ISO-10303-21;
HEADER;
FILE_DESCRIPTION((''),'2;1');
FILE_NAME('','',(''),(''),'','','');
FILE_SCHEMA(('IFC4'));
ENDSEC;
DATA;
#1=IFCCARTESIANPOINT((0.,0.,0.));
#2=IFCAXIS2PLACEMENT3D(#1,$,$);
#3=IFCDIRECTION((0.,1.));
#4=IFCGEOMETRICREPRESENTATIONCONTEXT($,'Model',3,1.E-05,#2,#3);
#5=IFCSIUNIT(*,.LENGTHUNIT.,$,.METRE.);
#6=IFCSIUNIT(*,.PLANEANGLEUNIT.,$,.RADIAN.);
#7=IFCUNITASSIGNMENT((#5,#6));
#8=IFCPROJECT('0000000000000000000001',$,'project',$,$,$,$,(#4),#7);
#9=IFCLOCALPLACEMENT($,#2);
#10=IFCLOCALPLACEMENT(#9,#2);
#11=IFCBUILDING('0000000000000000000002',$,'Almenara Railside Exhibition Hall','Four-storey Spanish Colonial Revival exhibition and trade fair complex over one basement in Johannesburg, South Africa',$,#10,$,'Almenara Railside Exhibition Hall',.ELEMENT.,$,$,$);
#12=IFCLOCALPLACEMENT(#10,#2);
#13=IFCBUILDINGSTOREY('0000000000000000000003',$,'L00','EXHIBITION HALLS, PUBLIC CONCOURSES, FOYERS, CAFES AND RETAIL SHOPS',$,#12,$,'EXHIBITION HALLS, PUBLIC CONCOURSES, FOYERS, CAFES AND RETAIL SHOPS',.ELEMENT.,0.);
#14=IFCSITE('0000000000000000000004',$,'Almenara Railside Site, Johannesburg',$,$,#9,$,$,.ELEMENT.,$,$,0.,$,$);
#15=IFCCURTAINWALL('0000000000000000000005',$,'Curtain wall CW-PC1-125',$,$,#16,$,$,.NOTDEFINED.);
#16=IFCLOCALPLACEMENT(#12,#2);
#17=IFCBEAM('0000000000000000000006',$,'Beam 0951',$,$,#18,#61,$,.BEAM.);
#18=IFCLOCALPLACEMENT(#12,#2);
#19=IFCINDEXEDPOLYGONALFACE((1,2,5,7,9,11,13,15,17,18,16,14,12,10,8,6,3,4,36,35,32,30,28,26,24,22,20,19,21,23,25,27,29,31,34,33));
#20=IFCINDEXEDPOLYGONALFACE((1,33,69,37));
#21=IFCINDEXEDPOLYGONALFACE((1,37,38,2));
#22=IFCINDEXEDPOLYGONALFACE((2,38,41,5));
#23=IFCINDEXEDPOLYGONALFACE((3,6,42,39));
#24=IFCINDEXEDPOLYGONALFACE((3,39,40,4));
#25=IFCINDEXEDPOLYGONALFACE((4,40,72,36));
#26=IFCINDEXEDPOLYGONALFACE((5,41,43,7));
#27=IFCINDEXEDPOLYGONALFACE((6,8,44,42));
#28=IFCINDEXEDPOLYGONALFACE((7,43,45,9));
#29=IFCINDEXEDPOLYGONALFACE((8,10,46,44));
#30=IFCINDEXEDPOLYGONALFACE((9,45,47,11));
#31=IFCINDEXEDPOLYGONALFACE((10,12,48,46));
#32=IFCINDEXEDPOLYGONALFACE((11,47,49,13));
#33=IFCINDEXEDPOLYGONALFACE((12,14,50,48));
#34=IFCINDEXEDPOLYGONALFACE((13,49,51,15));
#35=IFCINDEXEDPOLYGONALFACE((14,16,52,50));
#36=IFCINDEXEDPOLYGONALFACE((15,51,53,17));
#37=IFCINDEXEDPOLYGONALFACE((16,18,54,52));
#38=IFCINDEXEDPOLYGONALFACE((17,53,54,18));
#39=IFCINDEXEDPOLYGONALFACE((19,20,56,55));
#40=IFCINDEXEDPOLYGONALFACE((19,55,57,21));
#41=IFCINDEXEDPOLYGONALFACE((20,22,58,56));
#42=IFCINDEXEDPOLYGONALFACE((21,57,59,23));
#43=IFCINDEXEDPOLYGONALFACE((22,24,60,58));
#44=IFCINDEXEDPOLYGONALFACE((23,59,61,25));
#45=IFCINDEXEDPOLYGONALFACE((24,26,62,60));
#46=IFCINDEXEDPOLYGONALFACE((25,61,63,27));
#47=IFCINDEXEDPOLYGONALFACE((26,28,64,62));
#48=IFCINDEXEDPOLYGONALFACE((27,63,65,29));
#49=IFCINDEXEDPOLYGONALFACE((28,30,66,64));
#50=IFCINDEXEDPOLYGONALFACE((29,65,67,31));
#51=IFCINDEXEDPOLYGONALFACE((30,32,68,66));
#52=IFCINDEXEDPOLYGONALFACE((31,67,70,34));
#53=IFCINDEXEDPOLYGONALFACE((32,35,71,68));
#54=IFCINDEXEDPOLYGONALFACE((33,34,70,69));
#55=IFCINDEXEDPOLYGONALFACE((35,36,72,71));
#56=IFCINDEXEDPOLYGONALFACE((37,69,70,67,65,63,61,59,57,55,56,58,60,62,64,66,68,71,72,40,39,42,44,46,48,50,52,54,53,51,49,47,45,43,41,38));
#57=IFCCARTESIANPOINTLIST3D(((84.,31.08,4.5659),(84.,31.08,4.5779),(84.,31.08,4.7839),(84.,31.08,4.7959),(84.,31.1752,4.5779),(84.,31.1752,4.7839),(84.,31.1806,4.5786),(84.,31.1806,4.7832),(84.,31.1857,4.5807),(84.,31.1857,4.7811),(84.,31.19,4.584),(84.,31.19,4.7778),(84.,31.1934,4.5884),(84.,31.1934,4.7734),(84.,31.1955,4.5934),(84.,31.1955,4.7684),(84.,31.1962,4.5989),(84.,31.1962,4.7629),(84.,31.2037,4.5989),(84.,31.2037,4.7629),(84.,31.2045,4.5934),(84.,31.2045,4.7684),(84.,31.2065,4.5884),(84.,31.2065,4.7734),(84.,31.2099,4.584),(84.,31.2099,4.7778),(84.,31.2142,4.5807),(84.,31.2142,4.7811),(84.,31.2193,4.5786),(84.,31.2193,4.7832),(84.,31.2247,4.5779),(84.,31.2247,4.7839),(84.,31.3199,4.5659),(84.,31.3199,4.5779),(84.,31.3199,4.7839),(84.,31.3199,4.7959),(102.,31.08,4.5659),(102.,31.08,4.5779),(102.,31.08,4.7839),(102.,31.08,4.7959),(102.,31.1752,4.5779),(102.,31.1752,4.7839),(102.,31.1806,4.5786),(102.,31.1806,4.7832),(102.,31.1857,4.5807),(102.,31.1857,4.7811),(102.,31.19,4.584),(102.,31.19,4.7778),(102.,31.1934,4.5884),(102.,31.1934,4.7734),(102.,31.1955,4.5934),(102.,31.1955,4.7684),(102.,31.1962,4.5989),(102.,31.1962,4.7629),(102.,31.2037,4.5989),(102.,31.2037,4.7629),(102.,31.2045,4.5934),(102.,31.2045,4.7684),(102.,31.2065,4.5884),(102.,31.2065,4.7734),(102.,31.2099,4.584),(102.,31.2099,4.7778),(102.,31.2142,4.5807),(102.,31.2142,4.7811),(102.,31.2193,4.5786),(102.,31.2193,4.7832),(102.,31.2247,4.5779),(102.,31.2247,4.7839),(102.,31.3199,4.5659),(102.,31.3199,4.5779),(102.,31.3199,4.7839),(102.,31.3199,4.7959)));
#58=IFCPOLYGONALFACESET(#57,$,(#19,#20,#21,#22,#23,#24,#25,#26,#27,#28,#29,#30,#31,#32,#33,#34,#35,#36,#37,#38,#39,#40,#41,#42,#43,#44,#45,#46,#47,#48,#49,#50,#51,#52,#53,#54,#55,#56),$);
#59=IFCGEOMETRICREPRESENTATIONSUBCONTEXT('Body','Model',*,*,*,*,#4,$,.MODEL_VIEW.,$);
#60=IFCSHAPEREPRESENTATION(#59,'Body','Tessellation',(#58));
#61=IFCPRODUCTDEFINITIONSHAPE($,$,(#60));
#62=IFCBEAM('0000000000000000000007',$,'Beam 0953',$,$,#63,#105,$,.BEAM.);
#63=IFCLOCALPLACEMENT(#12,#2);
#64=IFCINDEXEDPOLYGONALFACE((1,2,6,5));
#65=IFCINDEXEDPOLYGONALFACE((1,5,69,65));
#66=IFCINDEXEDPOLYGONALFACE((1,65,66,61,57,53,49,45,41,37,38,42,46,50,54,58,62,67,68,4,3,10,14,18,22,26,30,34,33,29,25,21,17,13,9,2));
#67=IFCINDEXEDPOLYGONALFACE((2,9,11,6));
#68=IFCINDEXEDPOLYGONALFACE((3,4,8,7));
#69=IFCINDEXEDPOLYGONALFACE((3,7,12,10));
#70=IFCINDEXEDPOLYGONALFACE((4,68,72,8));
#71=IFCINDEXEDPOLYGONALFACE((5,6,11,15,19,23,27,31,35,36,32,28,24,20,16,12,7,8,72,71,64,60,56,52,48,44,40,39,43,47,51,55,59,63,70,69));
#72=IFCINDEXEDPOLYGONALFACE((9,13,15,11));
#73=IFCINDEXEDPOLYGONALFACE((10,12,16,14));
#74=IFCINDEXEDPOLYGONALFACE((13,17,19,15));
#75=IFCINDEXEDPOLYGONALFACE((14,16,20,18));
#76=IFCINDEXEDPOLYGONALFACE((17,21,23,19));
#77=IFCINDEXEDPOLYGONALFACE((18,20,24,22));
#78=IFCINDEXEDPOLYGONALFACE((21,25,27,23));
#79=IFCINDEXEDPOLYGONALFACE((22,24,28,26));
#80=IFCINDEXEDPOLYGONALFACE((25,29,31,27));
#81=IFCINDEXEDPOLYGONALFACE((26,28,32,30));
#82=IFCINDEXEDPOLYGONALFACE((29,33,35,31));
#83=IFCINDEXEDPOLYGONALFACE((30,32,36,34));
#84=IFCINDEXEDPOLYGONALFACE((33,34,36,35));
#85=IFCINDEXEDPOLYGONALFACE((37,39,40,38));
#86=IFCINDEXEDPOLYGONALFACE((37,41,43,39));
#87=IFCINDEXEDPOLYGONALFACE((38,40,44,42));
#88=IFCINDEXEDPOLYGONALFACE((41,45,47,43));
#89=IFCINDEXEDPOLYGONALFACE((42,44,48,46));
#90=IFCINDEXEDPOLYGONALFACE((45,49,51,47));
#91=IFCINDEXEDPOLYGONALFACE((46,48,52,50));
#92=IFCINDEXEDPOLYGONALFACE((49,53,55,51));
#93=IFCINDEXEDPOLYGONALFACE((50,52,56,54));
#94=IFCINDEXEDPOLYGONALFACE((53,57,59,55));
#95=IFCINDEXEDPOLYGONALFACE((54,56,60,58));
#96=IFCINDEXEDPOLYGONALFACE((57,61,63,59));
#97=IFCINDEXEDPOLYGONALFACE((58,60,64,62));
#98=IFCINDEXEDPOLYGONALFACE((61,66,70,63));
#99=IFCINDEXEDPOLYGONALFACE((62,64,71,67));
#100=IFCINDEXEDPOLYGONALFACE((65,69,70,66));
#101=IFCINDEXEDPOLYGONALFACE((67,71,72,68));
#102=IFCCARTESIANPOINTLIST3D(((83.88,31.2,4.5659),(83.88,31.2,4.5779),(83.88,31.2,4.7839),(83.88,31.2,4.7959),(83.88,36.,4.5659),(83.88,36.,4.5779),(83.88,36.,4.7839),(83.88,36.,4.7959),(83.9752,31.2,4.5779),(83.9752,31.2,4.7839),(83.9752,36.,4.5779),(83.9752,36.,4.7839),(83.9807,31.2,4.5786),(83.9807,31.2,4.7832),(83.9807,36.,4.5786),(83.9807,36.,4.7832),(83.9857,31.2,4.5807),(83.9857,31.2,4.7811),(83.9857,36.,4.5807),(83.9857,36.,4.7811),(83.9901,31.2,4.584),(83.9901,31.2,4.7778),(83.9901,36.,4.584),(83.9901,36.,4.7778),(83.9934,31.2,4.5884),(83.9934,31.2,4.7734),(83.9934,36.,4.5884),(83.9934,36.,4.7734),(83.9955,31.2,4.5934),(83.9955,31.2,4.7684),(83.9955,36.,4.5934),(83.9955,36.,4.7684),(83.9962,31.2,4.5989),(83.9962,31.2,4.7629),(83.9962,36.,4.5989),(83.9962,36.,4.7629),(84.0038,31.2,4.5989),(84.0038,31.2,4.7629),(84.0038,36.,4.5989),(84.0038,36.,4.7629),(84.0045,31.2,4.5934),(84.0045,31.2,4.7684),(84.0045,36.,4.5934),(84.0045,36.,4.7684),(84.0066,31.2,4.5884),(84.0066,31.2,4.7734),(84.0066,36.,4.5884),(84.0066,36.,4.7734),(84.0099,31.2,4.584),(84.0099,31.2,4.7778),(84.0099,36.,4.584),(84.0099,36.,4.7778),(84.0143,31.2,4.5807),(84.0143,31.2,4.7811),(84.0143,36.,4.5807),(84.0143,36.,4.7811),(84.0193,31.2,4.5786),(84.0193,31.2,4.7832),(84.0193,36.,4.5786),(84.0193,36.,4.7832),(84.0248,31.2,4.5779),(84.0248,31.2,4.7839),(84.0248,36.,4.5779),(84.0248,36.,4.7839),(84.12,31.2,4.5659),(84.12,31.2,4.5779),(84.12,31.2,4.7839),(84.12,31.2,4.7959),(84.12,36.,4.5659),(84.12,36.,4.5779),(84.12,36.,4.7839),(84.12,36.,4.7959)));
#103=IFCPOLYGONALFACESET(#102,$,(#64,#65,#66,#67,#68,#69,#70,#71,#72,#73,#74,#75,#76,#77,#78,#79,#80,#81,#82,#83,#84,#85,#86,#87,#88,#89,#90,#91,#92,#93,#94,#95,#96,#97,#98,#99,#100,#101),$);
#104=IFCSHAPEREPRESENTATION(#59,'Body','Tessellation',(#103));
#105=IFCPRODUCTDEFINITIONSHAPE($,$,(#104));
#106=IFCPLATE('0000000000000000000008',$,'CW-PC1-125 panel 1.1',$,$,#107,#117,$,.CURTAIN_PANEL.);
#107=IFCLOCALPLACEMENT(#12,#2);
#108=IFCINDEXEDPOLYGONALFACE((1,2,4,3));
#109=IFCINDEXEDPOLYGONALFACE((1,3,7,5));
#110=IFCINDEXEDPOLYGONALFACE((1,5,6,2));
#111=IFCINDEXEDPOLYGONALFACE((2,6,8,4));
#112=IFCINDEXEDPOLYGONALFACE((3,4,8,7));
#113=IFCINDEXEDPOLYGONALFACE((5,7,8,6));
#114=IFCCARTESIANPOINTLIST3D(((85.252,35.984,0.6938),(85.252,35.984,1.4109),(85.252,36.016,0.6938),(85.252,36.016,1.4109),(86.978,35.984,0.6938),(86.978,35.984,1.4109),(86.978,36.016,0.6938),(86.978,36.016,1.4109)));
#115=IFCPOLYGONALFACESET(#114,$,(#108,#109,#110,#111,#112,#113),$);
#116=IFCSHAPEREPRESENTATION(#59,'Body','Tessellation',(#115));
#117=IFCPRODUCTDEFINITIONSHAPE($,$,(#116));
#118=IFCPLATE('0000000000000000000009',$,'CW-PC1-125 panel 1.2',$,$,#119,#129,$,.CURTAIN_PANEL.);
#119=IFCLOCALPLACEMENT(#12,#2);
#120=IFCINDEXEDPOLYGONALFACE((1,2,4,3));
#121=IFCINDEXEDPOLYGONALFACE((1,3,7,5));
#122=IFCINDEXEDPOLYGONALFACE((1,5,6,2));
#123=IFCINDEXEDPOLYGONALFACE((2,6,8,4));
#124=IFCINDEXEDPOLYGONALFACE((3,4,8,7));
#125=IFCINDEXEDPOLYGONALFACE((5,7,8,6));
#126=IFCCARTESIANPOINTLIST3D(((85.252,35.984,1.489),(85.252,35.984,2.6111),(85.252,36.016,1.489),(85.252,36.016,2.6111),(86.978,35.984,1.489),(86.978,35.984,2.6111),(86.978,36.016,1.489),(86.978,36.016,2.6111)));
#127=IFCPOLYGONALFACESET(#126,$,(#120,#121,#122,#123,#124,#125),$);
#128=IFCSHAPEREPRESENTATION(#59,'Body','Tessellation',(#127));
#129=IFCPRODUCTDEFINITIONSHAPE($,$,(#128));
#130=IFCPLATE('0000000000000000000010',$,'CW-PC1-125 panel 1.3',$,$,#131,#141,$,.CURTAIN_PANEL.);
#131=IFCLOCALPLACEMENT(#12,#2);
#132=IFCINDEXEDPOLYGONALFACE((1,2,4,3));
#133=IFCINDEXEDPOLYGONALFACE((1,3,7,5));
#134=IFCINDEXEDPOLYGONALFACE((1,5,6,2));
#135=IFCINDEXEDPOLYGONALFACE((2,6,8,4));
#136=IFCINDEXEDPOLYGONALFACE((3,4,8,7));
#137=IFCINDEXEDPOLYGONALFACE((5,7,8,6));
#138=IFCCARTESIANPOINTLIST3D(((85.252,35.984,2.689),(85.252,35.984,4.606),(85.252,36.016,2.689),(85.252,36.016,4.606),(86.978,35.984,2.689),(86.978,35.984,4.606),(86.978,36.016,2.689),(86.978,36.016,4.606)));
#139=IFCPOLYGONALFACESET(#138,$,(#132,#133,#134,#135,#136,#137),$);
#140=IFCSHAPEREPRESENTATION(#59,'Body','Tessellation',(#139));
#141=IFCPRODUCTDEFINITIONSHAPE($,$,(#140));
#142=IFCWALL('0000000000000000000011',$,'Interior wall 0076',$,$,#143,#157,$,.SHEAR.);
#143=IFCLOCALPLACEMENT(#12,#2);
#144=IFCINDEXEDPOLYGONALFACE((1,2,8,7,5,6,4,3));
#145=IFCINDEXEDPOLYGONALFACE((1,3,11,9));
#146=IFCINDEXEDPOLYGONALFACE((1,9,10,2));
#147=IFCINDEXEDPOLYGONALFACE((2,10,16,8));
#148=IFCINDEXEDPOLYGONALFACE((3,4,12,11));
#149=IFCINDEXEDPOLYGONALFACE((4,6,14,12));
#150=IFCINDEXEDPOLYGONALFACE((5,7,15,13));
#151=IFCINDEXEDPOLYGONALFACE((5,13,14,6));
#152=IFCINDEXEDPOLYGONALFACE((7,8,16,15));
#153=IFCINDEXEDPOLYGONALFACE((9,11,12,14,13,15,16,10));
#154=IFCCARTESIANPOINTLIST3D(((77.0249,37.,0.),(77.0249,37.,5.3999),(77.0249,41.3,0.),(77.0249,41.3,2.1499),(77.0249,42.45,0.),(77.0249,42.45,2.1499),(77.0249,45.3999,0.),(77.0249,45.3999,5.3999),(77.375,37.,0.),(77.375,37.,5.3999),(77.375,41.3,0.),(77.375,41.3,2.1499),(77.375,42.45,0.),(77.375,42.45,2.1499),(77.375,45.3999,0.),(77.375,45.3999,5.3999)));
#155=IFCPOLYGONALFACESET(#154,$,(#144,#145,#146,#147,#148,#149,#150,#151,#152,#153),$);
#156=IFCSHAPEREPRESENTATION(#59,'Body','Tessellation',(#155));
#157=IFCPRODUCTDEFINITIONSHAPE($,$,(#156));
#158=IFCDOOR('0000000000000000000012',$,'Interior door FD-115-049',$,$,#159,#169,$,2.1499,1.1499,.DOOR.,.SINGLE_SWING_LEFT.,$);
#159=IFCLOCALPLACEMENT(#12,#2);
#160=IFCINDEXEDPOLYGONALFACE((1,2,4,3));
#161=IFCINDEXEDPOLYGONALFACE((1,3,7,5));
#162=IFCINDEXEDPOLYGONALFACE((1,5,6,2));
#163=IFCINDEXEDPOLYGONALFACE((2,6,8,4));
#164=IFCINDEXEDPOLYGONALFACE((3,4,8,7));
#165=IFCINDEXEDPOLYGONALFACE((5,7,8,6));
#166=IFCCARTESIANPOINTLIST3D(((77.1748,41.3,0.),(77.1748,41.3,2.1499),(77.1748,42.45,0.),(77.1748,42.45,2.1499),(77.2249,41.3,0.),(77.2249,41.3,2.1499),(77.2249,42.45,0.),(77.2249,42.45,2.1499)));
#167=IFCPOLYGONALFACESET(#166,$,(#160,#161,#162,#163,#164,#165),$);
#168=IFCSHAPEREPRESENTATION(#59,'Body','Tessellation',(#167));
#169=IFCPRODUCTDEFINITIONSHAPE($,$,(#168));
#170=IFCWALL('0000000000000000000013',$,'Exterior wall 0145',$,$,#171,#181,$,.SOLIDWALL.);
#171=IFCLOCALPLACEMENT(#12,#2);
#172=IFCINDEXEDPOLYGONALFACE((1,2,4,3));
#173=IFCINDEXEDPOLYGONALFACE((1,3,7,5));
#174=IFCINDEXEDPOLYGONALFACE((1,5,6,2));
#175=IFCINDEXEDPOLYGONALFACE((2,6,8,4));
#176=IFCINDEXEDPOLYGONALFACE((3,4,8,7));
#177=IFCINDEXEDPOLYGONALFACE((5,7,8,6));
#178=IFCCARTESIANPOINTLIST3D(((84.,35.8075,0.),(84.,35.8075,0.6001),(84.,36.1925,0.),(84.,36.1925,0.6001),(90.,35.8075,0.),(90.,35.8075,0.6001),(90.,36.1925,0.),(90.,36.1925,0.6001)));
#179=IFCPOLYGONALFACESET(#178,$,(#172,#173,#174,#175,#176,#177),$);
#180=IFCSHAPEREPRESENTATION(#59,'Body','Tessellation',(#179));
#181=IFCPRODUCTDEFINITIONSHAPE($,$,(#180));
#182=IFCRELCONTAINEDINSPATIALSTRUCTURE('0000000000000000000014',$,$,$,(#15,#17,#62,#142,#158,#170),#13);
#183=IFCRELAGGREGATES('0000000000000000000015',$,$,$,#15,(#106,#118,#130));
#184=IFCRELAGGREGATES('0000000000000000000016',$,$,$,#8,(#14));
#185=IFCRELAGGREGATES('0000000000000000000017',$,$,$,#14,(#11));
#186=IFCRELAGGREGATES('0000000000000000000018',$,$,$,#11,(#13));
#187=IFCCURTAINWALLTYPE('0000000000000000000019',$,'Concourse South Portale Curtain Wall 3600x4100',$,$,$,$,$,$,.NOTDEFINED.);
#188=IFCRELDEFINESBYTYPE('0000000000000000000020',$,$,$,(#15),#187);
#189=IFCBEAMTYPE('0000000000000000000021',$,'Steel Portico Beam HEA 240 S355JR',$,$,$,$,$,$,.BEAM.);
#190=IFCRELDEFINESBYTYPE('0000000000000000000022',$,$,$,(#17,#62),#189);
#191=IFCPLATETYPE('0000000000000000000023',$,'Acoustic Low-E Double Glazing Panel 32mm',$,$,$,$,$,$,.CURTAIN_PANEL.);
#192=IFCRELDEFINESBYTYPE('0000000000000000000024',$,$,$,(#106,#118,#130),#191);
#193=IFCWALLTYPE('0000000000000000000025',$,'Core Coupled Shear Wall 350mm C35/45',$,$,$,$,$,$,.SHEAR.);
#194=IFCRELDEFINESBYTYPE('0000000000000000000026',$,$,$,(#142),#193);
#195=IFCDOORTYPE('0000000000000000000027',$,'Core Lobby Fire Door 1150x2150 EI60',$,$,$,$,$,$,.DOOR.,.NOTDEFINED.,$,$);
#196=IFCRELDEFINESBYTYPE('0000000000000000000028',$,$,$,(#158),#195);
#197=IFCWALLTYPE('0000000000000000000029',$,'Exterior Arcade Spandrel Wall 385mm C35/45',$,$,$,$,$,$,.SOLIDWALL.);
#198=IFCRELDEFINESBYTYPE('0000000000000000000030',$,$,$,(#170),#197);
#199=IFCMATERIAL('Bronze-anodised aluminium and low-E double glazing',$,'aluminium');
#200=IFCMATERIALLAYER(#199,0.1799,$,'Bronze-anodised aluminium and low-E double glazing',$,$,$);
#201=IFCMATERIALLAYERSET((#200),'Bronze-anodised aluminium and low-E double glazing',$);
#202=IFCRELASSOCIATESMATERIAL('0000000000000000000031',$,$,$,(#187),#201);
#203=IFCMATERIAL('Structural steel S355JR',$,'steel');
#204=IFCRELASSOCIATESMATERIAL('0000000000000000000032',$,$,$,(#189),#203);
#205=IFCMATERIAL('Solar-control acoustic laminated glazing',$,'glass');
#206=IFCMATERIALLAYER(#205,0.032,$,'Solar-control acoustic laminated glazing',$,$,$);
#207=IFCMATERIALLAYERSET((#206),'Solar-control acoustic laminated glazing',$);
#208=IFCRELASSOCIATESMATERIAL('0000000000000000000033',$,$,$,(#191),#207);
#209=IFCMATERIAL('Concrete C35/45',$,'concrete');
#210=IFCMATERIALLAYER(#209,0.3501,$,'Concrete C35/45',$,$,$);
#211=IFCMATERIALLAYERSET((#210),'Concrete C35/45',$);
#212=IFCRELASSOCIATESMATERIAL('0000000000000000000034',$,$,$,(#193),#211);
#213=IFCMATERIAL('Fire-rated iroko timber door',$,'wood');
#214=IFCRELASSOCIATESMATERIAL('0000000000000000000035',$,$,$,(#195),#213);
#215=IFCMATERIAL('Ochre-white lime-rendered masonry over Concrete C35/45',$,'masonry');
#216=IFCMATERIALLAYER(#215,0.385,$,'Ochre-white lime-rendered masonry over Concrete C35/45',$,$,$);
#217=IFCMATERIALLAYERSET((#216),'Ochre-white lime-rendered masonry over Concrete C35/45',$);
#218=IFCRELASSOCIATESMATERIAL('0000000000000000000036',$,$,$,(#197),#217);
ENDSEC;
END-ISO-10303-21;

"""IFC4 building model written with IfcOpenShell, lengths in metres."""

from ifc_helpers import new_model, si_unit, direction, frame, frame_2d, origin, origin_2d, place, context, subcontext, project, spatial, rectangle, i_section, extrude, material, layer, layer_set, material_profile, profile_set, type_object, element, fill, aggregate, save


model = new_model("IFC4")

# Units and contexts
model_context = context("Model", 3, precision=1e-05, world=origin(), true_north=direction((0.0, 1.0)))
body_context = subcontext(model_context, "Body", "Model", "MODEL_VIEW")
ifc_project = project(units=[si_unit("LENGTHUNIT", "METRE"), si_unit("PLANEANGLEUNIT", "RADIAN")], contexts=[model_context])

# Site, building, storey
site_placement = place(None, origin())
site = spatial("IfcSite", under=ifc_project, at=site_placement, Name="Almenara Railside Site, Johannesburg", CompositionType="ELEMENT", RefElevation=0.0)
building_placement = place(site_placement, origin())
building = spatial("IfcBuilding", under=site, at=building_placement, Name="Almenara Railside Exhibition Hall", Description="Four-storey Spanish Colonial Revival exhibition and trade fair complex over one basement in Johannesburg, South Africa", LongName="Almenara Railside Exhibition Hall", CompositionType="ELEMENT")
storey_placement = place(building_placement, origin())
storey = spatial("IfcBuildingStorey", under=building, at=storey_placement, Name="L00", Description="EXHIBITION HALLS, PUBLIC CONCOURSES, FOYERS, CAFES AND RETAIL SHOPS", LongName="EXHIBITION HALLS, PUBLIC CONCOURSES, FOYERS, CAFES AND RETAIL SHOPS", CompositionType="ELEMENT", Elevation=0.0)

# Shared definitions
ifc_material_1 = material(Name="Concrete C35/45", Category="concrete")

# Curtain wall
ifc_material_2 = material(Name="Bronze-anodised aluminium and low-E double glazing", Category="aluminium")
ifc_layer_1 = layer(ifc_material_2, 0.1799, Name="Bronze-anodised aluminium and low-E double glazing")
ifc_layer_set_1 = layer_set([ifc_layer_1], Name="Bronze-anodised aluminium and low-E double glazing")
curtain_wall_type = type_object("IfcCurtainWallType", Name="Concourse South Portale Curtain Wall 3600x4100", PredefinedType="NOTDEFINED", material=ifc_layer_set_1)
curtain_wall_placement = place(storey_placement, origin())
curtain_wall = element("IfcCurtainWall", 1, at=curtain_wall_placement, inside=storey, type_object=curtain_wall_type, Name="Curtain wall CW-PC1-125", PredefinedType="NOTDEFINED")

# Beams
ifc_material_3 = material(Name="Structural steel S355JR", Category="steel")
ifc_material_profile_1 = material_profile(ifc_material_3, i_section(OverallWidth=0.24, OverallDepth=0.23, WebThickness=0.0076, FlangeThickness=0.012, FilletRadius=0.021, at=origin_2d()), Name="HEA 240")
ifc_profile_set_1 = profile_set([ifc_material_profile_1], Name="Structural steel S355JR")
beam_type_1 = type_object("IfcBeamType", Name="Steel Portico Beam HEA 240 S355JR", PredefinedType="BEAM", material=ifc_profile_set_1)
beam_1_placement = place(storey_placement, frame((84.0, 31.2, 4.6809), z_axis=(1.0, 0.0, 0.0), x_axis=(0.0, 1.0, 0.0)))
element("IfcBeam", 2, at=beam_1_placement, inside=storey, type_object=beam_type_1, Name="Beam 0951", PredefinedType="BEAM", context=body_context, shape_type="SweptSolid", body=[
    extrude(i_section(OverallWidth=0.24, OverallDepth=0.23, WebThickness=0.0076, FlangeThickness=0.012, FilletRadius=0.021, at=origin_2d()), origin(), (0.0, 0.0, 1.0), 18.0),
])
beam_2_placement = place(storey_placement, frame((84.0, 31.2, 4.6809), z_axis=(0.0, 1.0, 0.0), x_axis=(-1.0, 0.0, 0.0)))
element("IfcBeam", 3, at=beam_2_placement, inside=storey, type_object=beam_type_1, Name="Beam 0953", PredefinedType="BEAM", context=body_context, shape_type="SweptSolid", body=[
    extrude(i_section(OverallWidth=0.24, OverallDepth=0.23, WebThickness=0.0076, FlangeThickness=0.012, FilletRadius=0.021, at=origin_2d()), origin(), (0.0, 0.0, 1.0), 4.8),
])

# Plates
ifc_material_4 = material(Name="Solar-control acoustic laminated glazing", Category="glass")
ifc_layer_2 = layer(ifc_material_4, 0.032, Name="Solar-control acoustic laminated glazing")
ifc_layer_set_2 = layer_set([ifc_layer_2], Name="Solar-control acoustic laminated glazing")
plate_type = type_object("IfcPlateType", Name="Acoustic Low-E Double Glazing Panel 32mm", PredefinedType="CURTAIN_PANEL", material=ifc_layer_set_2)
plate_1_placement = place(storey_placement, frame((86.115, 36.0, 0.6938), z_axis=(0.0, 0.0, 1.0), x_axis=(1.0, 0.0, 0.0)))
plate_1 = element("IfcPlate", 4, at=plate_1_placement, type_object=plate_type, Name="CW-PC1-125 panel 1.1", PredefinedType="CURTAIN_PANEL", context=body_context, shape_type="SweptSolid", body=[
    extrude(rectangle(XDim=1.7261, YDim=0.032, at=origin_2d()), origin(), (0.0, 0.0, 1.0), 0.717),
])
plate_2_placement = place(storey_placement, frame((86.115, 36.0, 1.489), z_axis=(0.0, 0.0, 1.0), x_axis=(1.0, 0.0, 0.0)))
plate_2 = element("IfcPlate", 5, at=plate_2_placement, type_object=plate_type, Name="CW-PC1-125 panel 1.2", PredefinedType="CURTAIN_PANEL", context=body_context, shape_type="SweptSolid", body=[
    extrude(rectangle(XDim=1.7261, YDim=0.032, at=origin_2d()), origin(), (0.0, 0.0, 1.0), 1.1221),
])
plate_3_placement = place(storey_placement, frame((86.115, 36.0, 2.689), z_axis=(0.0, 0.0, 1.0), x_axis=(1.0, 0.0, 0.0)))
plate_3 = element("IfcPlate", 6, at=plate_3_placement, type_object=plate_type, Name="CW-PC1-125 panel 1.3", PredefinedType="CURTAIN_PANEL", context=body_context, shape_type="SweptSolid", body=[
    extrude(rectangle(XDim=1.7261, YDim=0.032, at=origin_2d()), origin(), (0.0, 0.0, 1.0), 1.917),
])
aggregate(curtain_wall, [plate_1, plate_2, plate_3])

# Wall, opening, door
ifc_layer_3 = layer(ifc_material_1, 0.3501, Name="Concrete C35/45")
ifc_layer_set_3 = layer_set([ifc_layer_3], Name="Concrete C35/45")
wall_type_1 = type_object("IfcWallType", Name="Core Coupled Shear Wall 350mm C35/45", PredefinedType="SHEAR", material=ifc_layer_set_3)
wall_1_placement = place(storey_placement, frame((77.2, 37.0, 0.0), z_axis=(0.0, 0.0, 1.0), x_axis=(0.0, 1.0, 0.0)))
wall_1 = element("IfcWall", 7, at=wall_1_placement, inside=storey, type_object=wall_type_1, Name="Interior wall 0076", PredefinedType="SHEAR", context=body_context, shape_type="SweptSolid", body=[
    extrude(rectangle(XDim=8.3999, YDim=0.3501, at=frame_2d((4.2, 0.0))), origin(), (0.0, 0.0, 1.0), 5.3999),
])
opening_placement = place(wall_1_placement, frame((4.3, 0.0, 0.0)))
opening = element("IfcOpeningElement", 8, at=opening_placement, cuts=wall_1, PredefinedType="OPENING", context=body_context, shape_type="SweptSolid", body=[
    extrude(rectangle(XDim=1.1499, YDim=2.1499, at=frame_2d((0.575, 1.075))), frame((0.0, 0.1851, 0.0), z_axis=(0.0, -1.0, 0.0), x_axis=(1.0, 0.0, 0.0)), (0.0, 0.0, 1.0), 0.3701),
])
ifc_material_5 = material(Name="Fire-rated iroko timber door", Category="wood")
door_type = type_object("IfcDoorType", Name="Core Lobby Fire Door 1150x2150 EI60", OperationType="NOTDEFINED", PredefinedType="DOOR", material=ifc_material_5)
door_placement = place(opening_placement, frame((1.1499, 0.0, 0.0), z_axis=(0.0, 0.0, 1.0), x_axis=(-1.0, 0.0, 0.0)))
door = element("IfcDoor", 9, at=door_placement, inside=storey, type_object=door_type, Name="Interior door FD-115-049", OperationType="SINGLE_SWING_LEFT", OverallHeight=2.1499, OverallWidth=1.1499, PredefinedType="DOOR", context=body_context, shape_type="SweptSolid", body=[
    extrude(rectangle(XDim=1.1499, YDim=2.1499, at=frame_2d((0.575, 1.075))), frame((0.0, 0.0249, 0.0), z_axis=(0.0, -1.0, 0.0), x_axis=(1.0, 0.0, 0.0)), (0.0, 0.0, 1.0), 0.05),
])
fill(opening, door)

# Wall
ifc_material_6 = material(Name="Ochre-white lime-rendered masonry over Concrete C35/45", Category="masonry")
ifc_layer_4 = layer(ifc_material_6, 0.385, Name="Ochre-white lime-rendered masonry over Concrete C35/45")
ifc_layer_set_4 = layer_set([ifc_layer_4], Name="Ochre-white lime-rendered masonry over Concrete C35/45")
wall_type_2 = type_object("IfcWallType", Name="Exterior Arcade Spandrel Wall 385mm C35/45", PredefinedType="SOLIDWALL", material=ifc_layer_set_4)
wall_2_placement = place(storey_placement, frame((84.0, 36.0, 0.0), z_axis=(0.0, 0.0, 1.0), x_axis=(1.0, 0.0, 0.0)))
element("IfcWall", 10, at=wall_2_placement, inside=storey, type_object=wall_type_2, Name="Exterior wall 0145", PredefinedType="SOLIDWALL", context=body_context, shape_type="SweptSolid", body=[
    extrude(rectangle(XDim=6.0, YDim=0.385, at=frame_2d((3.0, 0.0))), origin(), (0.0, 0.0, 1.0), 0.6001),
])

save(model, "model.ifc")
